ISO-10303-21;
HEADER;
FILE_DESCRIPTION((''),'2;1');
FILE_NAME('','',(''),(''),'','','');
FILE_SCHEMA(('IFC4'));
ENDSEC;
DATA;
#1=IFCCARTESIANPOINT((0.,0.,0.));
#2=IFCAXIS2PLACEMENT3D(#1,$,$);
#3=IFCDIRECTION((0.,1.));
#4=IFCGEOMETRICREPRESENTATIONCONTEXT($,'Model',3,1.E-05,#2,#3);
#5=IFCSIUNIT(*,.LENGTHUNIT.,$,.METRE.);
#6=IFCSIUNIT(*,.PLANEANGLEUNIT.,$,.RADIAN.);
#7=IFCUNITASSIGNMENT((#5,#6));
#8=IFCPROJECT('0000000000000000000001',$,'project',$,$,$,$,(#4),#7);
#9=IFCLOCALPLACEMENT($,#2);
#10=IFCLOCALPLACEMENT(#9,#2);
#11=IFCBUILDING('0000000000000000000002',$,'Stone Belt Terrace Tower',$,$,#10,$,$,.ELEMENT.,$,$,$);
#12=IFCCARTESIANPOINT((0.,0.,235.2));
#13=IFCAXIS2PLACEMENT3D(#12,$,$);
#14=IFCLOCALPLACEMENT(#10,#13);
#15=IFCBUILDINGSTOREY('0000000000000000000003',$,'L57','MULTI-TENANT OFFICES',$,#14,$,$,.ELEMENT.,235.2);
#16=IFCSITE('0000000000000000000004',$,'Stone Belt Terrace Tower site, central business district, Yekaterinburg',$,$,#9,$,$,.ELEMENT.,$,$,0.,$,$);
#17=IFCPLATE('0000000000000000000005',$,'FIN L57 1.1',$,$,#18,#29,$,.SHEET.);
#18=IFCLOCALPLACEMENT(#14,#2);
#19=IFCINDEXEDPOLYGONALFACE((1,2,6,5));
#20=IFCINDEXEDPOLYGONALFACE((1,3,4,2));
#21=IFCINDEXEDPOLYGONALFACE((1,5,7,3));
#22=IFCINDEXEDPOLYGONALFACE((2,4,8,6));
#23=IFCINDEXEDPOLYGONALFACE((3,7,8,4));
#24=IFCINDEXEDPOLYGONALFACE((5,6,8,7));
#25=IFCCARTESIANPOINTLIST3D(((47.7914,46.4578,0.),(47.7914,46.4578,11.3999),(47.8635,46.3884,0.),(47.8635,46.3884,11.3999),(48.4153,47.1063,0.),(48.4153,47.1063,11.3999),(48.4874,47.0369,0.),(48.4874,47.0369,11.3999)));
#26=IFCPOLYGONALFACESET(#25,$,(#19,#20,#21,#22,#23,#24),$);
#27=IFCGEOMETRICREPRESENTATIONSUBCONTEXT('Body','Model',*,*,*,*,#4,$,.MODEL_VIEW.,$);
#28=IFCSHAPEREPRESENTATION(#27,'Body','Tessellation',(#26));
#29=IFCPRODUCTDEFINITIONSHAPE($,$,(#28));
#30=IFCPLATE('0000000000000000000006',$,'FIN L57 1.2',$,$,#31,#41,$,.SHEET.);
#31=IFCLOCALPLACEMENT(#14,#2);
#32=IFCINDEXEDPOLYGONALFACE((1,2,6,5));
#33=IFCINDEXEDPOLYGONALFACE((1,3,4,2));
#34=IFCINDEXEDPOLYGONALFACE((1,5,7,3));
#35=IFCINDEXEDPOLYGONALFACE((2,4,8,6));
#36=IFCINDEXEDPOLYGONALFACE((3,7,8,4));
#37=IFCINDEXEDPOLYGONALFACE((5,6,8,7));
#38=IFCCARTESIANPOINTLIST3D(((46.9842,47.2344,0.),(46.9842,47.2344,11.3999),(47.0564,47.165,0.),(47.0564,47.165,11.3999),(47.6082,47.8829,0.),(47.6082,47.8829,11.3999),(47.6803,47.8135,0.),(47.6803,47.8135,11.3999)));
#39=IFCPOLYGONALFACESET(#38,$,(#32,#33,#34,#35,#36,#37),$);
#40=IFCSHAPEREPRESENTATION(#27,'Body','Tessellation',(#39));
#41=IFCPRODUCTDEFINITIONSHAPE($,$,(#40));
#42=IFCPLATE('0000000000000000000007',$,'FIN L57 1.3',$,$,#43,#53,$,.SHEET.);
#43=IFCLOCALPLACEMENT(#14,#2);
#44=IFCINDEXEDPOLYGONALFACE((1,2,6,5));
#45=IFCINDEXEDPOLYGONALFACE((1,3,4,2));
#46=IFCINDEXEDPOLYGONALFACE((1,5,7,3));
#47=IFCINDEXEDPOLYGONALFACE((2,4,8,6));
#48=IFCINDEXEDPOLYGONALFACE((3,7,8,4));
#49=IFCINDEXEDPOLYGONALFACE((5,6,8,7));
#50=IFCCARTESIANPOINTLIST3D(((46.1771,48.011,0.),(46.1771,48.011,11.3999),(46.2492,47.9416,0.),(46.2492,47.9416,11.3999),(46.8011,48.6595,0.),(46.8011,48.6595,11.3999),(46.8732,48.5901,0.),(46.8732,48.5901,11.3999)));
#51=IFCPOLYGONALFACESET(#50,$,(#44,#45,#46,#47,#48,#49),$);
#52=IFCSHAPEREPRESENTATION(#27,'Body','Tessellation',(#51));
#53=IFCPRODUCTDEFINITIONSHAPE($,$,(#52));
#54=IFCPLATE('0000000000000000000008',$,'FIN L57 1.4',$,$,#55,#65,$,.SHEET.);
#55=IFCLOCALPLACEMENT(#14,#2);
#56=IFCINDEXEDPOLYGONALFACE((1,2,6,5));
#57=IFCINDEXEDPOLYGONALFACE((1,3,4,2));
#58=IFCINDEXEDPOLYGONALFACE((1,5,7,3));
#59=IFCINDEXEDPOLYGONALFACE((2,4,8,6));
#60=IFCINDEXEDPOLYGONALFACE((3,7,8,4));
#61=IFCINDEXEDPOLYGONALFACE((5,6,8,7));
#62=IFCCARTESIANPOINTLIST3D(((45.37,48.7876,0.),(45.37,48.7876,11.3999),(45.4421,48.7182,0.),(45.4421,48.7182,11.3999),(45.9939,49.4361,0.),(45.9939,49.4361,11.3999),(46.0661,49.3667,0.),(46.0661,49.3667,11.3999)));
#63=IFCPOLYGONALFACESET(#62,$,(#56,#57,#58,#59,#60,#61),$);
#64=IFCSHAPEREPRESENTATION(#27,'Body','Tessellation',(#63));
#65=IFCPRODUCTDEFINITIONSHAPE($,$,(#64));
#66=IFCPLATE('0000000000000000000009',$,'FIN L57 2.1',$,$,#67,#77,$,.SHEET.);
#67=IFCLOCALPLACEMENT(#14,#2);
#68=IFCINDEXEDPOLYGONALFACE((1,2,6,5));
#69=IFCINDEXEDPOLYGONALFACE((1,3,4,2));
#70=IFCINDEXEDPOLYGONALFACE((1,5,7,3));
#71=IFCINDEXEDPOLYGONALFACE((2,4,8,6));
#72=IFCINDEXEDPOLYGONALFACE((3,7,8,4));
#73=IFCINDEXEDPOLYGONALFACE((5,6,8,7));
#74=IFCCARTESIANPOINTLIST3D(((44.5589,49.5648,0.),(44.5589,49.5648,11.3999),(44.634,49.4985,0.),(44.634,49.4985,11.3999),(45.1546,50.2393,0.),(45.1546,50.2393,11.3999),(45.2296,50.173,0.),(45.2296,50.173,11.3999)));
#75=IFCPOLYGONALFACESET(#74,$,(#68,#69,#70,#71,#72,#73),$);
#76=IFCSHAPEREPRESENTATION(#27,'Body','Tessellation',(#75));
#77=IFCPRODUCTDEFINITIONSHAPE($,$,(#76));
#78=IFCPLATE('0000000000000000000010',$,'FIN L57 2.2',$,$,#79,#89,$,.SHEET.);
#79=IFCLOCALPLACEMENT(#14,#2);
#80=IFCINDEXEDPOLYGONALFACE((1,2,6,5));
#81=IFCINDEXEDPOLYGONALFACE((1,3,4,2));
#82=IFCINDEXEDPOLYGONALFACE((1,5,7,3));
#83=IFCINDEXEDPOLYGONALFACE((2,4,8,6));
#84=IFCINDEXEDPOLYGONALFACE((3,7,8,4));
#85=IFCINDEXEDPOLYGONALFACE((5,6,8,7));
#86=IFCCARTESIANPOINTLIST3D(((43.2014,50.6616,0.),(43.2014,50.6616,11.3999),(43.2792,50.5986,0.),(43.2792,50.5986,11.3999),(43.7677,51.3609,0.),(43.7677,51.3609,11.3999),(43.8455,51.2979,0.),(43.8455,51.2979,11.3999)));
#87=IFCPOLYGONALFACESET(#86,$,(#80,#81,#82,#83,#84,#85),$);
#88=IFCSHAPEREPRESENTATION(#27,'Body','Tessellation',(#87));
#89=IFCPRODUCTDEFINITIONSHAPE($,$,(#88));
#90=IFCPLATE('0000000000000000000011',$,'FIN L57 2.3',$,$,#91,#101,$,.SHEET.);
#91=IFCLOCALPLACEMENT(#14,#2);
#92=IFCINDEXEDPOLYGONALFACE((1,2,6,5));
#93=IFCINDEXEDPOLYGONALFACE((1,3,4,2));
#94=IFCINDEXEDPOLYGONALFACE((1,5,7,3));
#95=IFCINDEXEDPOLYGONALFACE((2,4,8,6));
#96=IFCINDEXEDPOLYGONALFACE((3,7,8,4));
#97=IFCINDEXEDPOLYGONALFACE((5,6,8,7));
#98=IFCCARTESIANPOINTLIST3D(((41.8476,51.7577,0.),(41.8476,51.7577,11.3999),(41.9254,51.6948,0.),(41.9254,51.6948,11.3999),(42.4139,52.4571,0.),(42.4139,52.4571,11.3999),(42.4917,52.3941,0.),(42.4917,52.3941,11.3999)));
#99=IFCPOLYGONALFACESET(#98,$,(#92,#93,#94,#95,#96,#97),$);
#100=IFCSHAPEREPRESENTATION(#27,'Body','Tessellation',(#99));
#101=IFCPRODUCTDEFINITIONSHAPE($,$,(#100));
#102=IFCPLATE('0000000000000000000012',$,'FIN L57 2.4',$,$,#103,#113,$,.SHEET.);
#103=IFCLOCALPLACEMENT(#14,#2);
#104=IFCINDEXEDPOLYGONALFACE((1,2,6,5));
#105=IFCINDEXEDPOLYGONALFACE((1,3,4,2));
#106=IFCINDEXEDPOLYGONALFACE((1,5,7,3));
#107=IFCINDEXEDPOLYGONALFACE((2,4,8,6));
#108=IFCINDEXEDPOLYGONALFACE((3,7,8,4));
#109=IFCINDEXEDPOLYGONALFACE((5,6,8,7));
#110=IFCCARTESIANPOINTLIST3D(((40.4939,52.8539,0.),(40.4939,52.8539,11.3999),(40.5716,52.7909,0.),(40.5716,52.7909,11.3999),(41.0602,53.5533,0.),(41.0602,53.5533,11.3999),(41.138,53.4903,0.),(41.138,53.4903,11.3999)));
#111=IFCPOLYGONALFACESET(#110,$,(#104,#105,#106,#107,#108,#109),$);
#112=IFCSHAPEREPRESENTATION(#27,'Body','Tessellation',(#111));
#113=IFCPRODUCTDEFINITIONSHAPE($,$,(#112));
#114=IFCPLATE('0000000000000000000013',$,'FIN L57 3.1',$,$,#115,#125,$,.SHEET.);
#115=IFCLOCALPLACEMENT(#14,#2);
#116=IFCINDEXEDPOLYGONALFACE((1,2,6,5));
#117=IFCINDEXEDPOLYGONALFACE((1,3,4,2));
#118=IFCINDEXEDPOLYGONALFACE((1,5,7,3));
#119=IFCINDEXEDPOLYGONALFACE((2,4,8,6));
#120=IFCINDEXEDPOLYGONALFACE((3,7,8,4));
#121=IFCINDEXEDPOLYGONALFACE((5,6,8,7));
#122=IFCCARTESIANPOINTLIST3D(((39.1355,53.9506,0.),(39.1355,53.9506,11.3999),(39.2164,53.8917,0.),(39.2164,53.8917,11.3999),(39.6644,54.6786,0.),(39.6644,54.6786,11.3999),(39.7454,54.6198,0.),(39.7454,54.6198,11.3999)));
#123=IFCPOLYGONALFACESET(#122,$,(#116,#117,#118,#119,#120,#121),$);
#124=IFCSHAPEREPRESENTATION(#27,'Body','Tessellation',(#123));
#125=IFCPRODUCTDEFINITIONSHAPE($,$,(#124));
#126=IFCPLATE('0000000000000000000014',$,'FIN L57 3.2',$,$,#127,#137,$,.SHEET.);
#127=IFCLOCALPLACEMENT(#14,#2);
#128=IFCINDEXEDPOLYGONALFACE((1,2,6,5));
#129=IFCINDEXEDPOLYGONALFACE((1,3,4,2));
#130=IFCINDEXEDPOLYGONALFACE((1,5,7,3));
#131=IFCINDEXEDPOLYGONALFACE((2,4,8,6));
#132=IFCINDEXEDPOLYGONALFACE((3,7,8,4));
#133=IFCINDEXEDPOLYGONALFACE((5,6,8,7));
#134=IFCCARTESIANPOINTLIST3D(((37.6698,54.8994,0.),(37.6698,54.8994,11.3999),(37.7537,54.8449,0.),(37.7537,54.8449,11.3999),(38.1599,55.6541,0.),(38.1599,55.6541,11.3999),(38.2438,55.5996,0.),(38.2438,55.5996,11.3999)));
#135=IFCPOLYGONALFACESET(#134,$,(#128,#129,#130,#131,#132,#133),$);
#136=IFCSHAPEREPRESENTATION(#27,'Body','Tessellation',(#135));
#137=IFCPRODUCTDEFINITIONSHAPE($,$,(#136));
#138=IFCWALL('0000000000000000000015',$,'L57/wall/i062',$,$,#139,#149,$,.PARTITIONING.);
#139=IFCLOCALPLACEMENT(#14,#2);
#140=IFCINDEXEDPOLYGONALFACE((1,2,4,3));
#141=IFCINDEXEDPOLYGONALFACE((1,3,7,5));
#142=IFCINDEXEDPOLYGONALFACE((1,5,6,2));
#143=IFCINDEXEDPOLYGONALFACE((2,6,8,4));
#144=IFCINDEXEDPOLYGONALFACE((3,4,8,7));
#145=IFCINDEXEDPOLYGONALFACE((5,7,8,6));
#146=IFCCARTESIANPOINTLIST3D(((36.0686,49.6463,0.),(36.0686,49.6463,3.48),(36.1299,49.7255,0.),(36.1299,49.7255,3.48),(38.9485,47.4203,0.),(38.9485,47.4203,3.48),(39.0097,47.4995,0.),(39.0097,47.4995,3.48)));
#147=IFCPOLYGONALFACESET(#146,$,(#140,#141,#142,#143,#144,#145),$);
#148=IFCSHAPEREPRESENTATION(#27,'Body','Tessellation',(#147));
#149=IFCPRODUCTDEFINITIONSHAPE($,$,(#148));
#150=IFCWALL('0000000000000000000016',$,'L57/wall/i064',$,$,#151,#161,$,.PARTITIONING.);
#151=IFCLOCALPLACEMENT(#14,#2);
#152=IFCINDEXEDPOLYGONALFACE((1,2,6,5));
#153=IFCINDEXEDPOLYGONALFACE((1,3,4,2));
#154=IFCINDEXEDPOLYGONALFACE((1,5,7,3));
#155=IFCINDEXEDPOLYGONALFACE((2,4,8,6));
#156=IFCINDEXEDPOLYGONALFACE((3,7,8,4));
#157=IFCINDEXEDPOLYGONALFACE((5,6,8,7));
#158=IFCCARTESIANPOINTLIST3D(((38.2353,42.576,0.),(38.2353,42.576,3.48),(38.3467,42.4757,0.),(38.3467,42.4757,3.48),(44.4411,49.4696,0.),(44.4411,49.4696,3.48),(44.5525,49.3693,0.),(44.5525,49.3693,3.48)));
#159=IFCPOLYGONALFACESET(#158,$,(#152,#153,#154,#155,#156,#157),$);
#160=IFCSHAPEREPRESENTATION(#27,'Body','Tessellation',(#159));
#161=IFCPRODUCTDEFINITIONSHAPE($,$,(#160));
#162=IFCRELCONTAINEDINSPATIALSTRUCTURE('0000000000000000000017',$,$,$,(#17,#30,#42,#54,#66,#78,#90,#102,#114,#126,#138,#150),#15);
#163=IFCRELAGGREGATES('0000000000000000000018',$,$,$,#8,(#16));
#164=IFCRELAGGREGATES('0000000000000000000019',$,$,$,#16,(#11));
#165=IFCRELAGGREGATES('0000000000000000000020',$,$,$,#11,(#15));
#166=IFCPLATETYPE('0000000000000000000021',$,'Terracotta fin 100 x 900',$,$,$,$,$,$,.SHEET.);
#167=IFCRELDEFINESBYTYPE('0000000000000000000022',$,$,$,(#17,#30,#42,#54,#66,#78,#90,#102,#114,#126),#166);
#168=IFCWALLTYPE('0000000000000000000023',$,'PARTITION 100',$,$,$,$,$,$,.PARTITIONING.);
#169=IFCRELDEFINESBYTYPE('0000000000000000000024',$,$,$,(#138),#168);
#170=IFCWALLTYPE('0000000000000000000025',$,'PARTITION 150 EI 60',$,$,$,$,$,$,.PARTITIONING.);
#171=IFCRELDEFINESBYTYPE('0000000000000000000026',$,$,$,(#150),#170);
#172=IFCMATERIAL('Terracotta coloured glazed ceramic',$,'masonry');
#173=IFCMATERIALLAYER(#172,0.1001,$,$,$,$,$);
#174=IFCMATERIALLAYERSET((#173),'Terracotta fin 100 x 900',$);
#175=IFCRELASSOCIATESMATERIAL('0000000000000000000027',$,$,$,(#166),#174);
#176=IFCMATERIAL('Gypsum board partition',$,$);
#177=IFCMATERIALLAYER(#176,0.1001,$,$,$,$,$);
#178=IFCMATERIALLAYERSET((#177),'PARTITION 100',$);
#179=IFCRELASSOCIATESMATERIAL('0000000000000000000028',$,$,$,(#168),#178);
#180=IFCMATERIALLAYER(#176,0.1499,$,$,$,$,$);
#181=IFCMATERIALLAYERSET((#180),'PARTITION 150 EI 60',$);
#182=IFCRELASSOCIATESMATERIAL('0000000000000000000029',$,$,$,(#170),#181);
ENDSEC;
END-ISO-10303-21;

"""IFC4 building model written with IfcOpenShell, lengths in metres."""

from ifc_helpers import new_model, si_unit, direction, frame, frame_2d, origin, origin_2d, place, context, subcontext, project, spatial, rectangle, extrude, material, layer, layer_set, type_object, element, save


model = new_model("IFC4")

# Units and contexts
model_context = context("Model", 3, precision=1e-05, world=origin(), true_north=direction((0.0, 1.0)))
body_context = subcontext(model_context, "Body", "Model", "MODEL_VIEW")
ifc_project = project(units=[si_unit("LENGTHUNIT", "METRE"), si_unit("PLANEANGLEUNIT", "RADIAN")], contexts=[model_context])

# Site, building, storey
site_placement = place(None, origin())
site = spatial("IfcSite", under=ifc_project, at=site_placement, Name="Stone Belt Terrace Tower site, central business district, Yekaterinburg", CompositionType="ELEMENT", RefElevation=0.0)
building_placement = place(site_placement, origin())
building = spatial("IfcBuilding", under=site, at=building_placement, Name="Stone Belt Terrace Tower", CompositionType="ELEMENT")
storey_placement = place(building_placement, frame((0.0, 0.0, 235.2)))
storey = spatial("IfcBuildingStorey", under=building, at=storey_placement, Name="L57", Description="MULTI-TENANT OFFICES", CompositionType="ELEMENT", Elevation=235.2)

# Plates
ifc_material_1 = material(Name="Terracotta coloured glazed ceramic", Category="masonry")
ifc_layer_1 = layer(ifc_material_1, 0.1001)
ifc_layer_set_1 = layer_set([ifc_layer_1], Name="Terracotta fin 100 x 900")
plate_type_1 = type_object("IfcPlateType", Name="Terracotta fin 100 x 900", PredefinedType="SHEET", material=ifc_layer_set_1)
for number, where, z_axis, x_axis, name in (
    (1, (48.1394, 46.7473, 0.0), (0.0, 0.0, 1.0), (0.693346, 0.720604, 0.0), "FIN L57 1.1"),
    (2, (47.3323, 47.5239, 0.0), (0.0, 0.0, 1.0), (0.693346, 0.720604, 0.0), "FIN L57 1.2"),
    (3, (46.5251, 48.3005, 0.0), (0.0, 0.0, 1.0), (0.693346, 0.720604, 0.0), "FIN L57 1.3"),
    (4, (45.718, 49.0771, 0.0), (0.0, 0.0, 1.0), (0.693346, 0.720604, 0.0), "FIN L57 1.4"),
    (5, (44.8943, 49.8689, 0.0), (0.0, 0.0, 1.0), (0.661937, 0.749559, 0.0), "FIN L57 2.1"),
    (6, (43.5234, 50.9797, 0.0), (0.0, 0.0, 1.0), (0.62932, 0.777146, 0.0), "FIN L57 2.2"),
    (7, (42.1697, 52.0759, 0.0), (0.0, 0.0, 1.0), (0.62932, 0.777146, 0.0), "FIN L57 2.3"),
    (8, (40.8159, 53.1721, 0.0), (0.0, 0.0, 1.0), (0.62932, 0.777146, 0.0), "FIN L57 2.4"),
    (9, (39.4404, 54.2852, 0.0), (0.0, 0.0, 1.0), (0.587785, 0.809017, 0.0), "FIN L57 3.1"),
    (10, (37.9568, 55.2495, 0.0), (0.0, 0.0, 1.0), (0.544639, 0.838671, 0.0), "FIN L57 3.2"),
):
    element("IfcPlate", number, at=place(storey_placement, frame(where, z_axis=z_axis, x_axis=x_axis)), inside=storey, type_object=plate_type_1, Name=name, PredefinedType="SHEET", context=body_context, shape_type="SweptSolid", body=[
        extrude(rectangle(XDim=0.8999, YDim=0.1001, at=origin_2d()), origin(), (0.0, 0.0, 1.0), 11.3999),
    ])

# Walls
ifc_material_2 = material(Name="Gypsum board partition")
ifc_layer_2 = layer(ifc_material_2, 0.1001)
ifc_layer_set_2 = layer_set([ifc_layer_2], Name="PARTITION 100")
wall_type_1 = type_object("IfcWallType", Name="PARTITION 100", PredefinedType="PARTITIONING", material=ifc_layer_set_2)
wall_1_placement = place(storey_placement, frame((38.979, 47.46, 0.0), z_axis=(0.0, 0.0, 1.0), x_axis=(-0.791191, 0.61157, 0.0)))
element("IfcWall", 11, at=wall_1_placement, inside=storey, type_object=wall_type_1, Name="L57/wall/i062", PredefinedType="PARTITIONING", context=body_context, shape_type="SweptSolid", body=[
    extrude(rectangle(XDim=3.6399, YDim=0.1001, at=frame_2d((1.8198, 0.0))), origin(), (0.0, 0.0, 1.0), 3.48),
])
ifc_layer_3 = layer(ifc_material_2, 0.1499)
ifc_layer_set_3 = layer_set([ifc_layer_3], Name="PARTITION 150 EI 60")
wall_type_2 = type_object("IfcWallType", Name="PARTITION 150 EI 60", PredefinedType="PARTITIONING", material=ifc_layer_set_3)
wall_2_placement = place(storey_placement, frame((44.4968, 49.4194, 0.0), z_axis=(0.0, 0.0, 1.0), x_axis=(-0.669061, -0.743208, 0.0)))
element("IfcWall", 12, at=wall_2_placement, inside=storey, type_object=wall_type_2, Name="L57/wall/i064", PredefinedType="PARTITIONING", context=body_context, shape_type="SweptSolid", body=[
    extrude(rectangle(XDim=9.2754, YDim=0.1499, at=frame_2d((4.6377, 0.0))), origin(), (0.0, 0.0, 1.0), 3.48),
])

save(model, "model.ifc")
